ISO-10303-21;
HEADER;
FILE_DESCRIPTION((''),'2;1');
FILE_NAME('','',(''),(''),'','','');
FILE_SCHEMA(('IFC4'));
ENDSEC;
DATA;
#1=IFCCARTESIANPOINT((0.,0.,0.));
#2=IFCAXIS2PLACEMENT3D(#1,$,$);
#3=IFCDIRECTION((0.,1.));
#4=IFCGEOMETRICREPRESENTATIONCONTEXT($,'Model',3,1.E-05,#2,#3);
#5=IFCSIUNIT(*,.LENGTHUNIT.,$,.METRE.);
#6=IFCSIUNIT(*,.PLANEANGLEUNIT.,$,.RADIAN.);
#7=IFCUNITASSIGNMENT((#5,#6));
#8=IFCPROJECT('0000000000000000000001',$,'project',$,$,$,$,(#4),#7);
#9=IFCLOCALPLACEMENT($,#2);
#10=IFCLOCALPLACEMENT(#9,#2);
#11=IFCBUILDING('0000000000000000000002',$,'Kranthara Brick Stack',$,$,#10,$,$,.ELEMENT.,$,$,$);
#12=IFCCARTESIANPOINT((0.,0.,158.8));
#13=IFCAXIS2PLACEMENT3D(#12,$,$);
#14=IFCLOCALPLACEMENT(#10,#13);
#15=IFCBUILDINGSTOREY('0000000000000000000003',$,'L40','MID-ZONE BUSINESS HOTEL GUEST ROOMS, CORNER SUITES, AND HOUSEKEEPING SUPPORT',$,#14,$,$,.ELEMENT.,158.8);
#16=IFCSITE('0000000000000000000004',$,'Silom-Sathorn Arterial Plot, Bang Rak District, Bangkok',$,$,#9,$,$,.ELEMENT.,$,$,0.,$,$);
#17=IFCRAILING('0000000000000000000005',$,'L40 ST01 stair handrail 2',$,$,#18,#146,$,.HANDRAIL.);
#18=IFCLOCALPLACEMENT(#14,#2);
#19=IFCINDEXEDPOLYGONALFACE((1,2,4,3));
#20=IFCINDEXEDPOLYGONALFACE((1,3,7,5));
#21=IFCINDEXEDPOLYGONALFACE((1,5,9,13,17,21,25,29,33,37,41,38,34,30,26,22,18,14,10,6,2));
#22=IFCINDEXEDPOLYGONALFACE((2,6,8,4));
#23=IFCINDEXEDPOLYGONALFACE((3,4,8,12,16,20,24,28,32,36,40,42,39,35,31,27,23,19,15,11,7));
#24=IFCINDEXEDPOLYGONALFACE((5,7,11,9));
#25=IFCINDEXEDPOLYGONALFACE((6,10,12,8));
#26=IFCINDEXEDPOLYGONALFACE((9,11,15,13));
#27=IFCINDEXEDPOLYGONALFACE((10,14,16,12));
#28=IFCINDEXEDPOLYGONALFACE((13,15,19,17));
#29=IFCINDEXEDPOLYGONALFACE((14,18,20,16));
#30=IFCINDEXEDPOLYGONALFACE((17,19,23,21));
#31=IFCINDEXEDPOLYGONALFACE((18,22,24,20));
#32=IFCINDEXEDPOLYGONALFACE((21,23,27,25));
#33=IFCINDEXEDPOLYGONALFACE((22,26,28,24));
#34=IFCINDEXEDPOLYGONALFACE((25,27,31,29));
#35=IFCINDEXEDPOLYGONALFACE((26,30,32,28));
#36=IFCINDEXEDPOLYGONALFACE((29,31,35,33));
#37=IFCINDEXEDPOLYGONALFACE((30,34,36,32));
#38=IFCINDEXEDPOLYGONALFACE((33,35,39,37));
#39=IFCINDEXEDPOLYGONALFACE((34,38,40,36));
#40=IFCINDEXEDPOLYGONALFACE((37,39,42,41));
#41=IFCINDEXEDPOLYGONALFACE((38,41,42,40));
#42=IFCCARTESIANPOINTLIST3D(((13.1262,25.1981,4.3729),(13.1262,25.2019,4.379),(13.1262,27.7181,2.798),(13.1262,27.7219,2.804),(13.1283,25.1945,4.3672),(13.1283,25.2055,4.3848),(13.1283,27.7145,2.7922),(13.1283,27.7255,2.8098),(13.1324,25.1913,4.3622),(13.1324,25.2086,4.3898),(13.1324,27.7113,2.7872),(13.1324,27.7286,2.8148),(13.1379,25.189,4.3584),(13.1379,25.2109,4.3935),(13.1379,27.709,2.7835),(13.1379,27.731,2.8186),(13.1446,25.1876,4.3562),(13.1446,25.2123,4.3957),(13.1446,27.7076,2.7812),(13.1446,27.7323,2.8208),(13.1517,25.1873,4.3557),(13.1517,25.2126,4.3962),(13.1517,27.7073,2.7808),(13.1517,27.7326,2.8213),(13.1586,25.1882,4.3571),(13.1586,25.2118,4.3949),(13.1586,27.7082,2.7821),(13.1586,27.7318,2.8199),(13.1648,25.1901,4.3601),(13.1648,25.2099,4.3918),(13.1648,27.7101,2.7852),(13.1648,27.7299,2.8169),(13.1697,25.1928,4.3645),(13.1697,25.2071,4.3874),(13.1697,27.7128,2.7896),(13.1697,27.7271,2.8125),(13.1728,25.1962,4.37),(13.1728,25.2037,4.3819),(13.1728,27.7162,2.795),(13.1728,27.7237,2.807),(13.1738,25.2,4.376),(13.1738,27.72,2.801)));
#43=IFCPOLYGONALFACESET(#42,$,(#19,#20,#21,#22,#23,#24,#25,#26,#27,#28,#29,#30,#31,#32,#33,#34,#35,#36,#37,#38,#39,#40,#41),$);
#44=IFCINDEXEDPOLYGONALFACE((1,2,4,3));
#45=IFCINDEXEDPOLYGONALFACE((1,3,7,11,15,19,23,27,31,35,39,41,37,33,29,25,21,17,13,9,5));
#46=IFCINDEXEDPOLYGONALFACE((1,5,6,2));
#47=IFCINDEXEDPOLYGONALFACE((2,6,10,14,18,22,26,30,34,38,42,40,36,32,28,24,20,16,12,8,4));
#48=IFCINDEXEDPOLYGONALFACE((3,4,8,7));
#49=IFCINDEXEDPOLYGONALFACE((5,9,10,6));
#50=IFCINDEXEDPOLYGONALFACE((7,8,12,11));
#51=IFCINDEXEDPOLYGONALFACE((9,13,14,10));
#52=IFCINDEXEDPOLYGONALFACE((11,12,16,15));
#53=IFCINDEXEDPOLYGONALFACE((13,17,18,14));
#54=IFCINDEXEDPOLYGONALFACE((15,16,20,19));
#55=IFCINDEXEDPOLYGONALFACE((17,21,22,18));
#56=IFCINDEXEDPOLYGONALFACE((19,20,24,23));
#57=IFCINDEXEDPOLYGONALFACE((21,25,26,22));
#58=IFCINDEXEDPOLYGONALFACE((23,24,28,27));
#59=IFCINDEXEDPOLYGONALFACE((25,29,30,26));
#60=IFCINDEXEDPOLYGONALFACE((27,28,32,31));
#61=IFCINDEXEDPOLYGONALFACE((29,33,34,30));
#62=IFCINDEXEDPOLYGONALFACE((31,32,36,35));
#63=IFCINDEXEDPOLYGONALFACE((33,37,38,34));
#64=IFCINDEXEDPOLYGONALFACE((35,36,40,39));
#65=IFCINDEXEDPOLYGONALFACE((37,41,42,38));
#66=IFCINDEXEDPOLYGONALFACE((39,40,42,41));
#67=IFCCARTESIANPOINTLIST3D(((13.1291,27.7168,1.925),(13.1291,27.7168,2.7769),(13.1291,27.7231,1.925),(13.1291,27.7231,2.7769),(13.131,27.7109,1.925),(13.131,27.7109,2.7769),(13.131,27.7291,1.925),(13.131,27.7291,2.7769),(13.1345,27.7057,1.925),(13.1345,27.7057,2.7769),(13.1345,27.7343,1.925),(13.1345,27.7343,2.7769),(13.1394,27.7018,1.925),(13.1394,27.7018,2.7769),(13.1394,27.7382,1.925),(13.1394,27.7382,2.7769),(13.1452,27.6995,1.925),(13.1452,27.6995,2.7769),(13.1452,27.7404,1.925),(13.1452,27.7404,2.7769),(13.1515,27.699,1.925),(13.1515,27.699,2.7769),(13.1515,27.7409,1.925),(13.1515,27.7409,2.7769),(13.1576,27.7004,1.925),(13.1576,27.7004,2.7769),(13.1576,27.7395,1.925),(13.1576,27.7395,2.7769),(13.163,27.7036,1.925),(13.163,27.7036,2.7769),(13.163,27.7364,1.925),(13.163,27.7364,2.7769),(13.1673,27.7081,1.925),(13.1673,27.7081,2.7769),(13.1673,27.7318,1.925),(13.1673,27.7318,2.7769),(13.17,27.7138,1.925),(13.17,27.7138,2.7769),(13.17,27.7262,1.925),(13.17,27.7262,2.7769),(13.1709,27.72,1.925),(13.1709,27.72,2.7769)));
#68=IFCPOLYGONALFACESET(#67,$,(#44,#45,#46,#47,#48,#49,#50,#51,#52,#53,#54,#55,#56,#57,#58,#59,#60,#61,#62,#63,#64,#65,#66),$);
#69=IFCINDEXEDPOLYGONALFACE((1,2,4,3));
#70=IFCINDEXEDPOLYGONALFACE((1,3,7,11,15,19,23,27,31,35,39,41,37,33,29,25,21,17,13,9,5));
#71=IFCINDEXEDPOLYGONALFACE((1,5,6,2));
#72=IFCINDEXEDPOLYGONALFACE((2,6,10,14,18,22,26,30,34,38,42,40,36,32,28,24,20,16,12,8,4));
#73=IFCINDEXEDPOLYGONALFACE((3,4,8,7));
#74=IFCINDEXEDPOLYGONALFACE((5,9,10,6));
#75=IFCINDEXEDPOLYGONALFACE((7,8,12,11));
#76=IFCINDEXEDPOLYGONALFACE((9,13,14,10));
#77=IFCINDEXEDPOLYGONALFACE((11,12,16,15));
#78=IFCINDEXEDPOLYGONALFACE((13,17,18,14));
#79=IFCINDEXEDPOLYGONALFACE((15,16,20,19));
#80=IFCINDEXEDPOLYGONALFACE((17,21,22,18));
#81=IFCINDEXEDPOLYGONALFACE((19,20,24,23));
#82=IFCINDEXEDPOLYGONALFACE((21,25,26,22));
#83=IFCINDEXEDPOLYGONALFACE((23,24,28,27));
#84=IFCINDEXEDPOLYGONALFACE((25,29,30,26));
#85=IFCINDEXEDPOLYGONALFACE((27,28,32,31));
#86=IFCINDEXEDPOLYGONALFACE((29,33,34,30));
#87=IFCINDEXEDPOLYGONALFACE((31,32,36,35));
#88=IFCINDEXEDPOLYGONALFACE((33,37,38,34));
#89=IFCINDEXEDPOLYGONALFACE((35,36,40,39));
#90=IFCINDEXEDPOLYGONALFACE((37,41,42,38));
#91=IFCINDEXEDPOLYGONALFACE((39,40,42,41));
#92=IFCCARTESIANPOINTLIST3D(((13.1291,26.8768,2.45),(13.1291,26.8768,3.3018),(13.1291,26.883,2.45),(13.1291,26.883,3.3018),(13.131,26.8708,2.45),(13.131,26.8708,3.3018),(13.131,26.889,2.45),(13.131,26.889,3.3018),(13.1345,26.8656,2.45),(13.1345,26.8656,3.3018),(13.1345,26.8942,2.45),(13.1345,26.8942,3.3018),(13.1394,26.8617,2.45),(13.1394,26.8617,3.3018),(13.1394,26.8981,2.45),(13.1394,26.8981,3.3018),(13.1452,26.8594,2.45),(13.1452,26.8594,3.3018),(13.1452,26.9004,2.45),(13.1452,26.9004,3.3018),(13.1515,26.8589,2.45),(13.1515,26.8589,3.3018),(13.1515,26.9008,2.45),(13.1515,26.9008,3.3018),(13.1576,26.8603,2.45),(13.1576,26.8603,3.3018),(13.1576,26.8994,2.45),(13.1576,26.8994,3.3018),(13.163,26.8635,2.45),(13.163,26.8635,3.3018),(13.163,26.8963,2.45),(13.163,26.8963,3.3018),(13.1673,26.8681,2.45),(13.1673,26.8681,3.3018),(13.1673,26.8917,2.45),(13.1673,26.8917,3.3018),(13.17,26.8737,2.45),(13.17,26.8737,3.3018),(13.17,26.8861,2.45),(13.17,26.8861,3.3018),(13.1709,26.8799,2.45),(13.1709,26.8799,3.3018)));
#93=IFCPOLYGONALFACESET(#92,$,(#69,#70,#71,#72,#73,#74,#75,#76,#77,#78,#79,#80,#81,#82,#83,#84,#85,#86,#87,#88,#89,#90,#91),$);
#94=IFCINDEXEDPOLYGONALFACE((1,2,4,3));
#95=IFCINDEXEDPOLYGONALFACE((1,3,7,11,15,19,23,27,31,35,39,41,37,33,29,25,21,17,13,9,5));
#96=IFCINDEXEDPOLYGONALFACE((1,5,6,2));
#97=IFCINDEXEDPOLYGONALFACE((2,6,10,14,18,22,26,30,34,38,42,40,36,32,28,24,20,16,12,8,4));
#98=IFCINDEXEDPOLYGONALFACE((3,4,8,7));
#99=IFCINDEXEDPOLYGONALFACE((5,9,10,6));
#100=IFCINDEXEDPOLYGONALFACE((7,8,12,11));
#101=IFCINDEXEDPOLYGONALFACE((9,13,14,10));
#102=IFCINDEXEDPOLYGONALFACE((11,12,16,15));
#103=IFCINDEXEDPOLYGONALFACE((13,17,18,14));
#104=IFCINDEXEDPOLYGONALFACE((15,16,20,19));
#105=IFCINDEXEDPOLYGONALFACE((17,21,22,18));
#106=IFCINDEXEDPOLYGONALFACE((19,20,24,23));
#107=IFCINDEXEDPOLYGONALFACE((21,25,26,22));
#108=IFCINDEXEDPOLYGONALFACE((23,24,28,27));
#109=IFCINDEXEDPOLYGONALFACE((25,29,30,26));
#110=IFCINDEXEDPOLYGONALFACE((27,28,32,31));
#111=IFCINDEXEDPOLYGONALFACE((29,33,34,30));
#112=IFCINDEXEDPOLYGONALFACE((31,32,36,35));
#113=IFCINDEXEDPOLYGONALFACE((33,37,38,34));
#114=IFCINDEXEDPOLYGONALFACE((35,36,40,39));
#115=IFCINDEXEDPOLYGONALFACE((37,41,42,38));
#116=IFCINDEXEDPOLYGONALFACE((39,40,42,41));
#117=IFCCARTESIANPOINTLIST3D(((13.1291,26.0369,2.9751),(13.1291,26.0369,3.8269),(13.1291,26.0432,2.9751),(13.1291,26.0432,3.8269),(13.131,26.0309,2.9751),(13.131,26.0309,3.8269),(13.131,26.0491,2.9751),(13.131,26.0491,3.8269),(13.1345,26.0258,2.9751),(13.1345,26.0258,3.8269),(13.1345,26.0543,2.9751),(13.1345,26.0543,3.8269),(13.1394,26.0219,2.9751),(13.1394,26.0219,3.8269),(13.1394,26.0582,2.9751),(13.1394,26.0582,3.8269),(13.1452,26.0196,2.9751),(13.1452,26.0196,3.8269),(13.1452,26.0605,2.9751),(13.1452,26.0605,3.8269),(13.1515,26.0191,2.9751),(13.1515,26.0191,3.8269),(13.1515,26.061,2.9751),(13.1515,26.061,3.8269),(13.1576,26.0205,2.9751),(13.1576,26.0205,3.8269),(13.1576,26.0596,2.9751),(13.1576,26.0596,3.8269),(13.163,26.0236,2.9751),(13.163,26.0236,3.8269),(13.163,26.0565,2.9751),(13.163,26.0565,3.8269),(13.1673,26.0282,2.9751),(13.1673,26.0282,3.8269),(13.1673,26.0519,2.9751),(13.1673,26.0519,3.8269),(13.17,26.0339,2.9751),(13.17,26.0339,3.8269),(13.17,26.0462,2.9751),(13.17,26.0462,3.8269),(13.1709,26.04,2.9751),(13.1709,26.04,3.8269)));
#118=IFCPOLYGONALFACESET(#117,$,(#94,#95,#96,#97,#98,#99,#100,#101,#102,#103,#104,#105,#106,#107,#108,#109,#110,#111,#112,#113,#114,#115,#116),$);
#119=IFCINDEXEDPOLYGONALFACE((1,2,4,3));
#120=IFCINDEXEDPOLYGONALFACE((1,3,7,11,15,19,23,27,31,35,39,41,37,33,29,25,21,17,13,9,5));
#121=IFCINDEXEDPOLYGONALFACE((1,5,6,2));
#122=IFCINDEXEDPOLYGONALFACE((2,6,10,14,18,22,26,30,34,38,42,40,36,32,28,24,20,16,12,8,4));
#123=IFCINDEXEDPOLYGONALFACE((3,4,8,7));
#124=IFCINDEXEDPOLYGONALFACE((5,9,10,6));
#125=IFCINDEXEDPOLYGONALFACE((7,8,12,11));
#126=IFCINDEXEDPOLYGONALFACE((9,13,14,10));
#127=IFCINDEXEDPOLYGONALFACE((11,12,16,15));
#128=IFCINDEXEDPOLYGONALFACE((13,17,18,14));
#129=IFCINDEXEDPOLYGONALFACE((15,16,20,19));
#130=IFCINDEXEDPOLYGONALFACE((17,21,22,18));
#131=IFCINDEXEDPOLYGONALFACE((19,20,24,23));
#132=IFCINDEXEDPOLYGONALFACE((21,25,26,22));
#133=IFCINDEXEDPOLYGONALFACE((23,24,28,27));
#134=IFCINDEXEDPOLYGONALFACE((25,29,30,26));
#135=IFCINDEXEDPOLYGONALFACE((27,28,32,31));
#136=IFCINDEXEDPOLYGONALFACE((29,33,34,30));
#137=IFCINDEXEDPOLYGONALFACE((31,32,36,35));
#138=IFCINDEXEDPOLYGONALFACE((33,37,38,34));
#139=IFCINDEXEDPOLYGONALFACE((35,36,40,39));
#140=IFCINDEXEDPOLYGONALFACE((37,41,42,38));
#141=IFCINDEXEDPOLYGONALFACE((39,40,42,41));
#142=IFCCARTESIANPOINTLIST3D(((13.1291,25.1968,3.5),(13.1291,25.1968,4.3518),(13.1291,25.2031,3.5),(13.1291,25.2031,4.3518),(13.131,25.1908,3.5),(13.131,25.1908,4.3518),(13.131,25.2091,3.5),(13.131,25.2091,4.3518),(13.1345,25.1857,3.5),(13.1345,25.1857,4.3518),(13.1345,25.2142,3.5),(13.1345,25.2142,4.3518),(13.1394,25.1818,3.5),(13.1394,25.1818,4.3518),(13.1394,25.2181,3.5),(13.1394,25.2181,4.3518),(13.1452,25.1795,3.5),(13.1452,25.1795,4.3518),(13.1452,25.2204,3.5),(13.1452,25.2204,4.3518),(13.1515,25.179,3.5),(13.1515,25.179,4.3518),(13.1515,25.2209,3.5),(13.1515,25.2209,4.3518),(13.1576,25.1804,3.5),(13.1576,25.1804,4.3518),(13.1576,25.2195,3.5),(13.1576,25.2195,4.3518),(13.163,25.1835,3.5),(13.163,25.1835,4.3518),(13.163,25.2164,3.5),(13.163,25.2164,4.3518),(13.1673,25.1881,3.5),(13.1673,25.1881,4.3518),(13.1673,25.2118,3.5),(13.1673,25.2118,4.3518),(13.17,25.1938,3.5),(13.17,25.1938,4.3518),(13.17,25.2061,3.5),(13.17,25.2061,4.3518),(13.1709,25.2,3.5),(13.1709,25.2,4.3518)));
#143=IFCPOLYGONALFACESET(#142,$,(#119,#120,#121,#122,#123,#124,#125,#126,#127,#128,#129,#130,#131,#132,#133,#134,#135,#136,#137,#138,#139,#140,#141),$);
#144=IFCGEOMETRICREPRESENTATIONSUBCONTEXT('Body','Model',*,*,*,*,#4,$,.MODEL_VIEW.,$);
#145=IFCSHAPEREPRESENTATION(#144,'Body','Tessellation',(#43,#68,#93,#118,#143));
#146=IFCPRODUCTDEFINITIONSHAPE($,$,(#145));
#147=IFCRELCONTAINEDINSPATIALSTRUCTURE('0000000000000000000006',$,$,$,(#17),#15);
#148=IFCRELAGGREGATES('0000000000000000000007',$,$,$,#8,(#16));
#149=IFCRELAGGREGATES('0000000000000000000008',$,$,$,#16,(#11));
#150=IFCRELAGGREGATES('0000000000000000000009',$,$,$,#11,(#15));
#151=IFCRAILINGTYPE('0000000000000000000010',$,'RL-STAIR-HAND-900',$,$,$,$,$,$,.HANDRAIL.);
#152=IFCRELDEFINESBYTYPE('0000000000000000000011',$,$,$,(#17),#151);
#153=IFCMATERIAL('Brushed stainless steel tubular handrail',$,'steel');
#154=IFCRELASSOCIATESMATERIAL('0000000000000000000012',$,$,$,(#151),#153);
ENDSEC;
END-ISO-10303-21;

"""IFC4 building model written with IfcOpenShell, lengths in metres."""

from ifc_helpers import new_model, si_unit, direction, frame, origin, origin_2d, place, context, subcontext, project, spatial, circle, extrude, material, type_object, element, save


model = new_model("IFC4")

# Units and contexts
model_context = context("Model", 3, precision=1e-05, world=origin(), true_north=direction((0.0, 1.0)))
body_context = subcontext(model_context, "Body", "Model", "MODEL_VIEW")
ifc_project = project(units=[si_unit("LENGTHUNIT", "METRE"), si_unit("PLANEANGLEUNIT", "RADIAN")], contexts=[model_context])

# Site, building, storey
site_placement = place(None, origin())
site = spatial("IfcSite", under=ifc_project, at=site_placement, Name="Silom-Sathorn Arterial Plot, Bang Rak District, Bangkok", CompositionType="ELEMENT", RefElevation=0.0)
building_placement = place(site_placement, origin())
building = spatial("IfcBuilding", under=site, at=building_placement, Name="Kranthara Brick Stack", CompositionType="ELEMENT")
storey_placement = place(building_placement, frame((0.0, 0.0, 158.8)))
storey = spatial("IfcBuildingStorey", under=building, at=storey_placement, Name="L40", Description="MID-ZONE BUSINESS HOTEL GUEST ROOMS, CORNER SUITES, AND HOUSEKEEPING SUPPORT", CompositionType="ELEMENT", Elevation=158.8)

# Railing
ifc_material_1 = material(Name="Brushed stainless steel tubular handrail", Category="steel")
railing_type_1 = type_object("IfcRailingType", Name="RL-STAIR-HAND-900", PredefinedType="HANDRAIL", material=ifc_material_1)
railing_1_placement = place(storey_placement, frame((13.1499, 27.72, 1.925)))
element("IfcRailing", 1, at=railing_1_placement, inside=storey, type_object=railing_type_1, Name="L40 ST01 stair handrail 2", PredefinedType="HANDRAIL", context=body_context, shape_type="SweptSolid", body=[
    extrude(circle(Radius=0.0239, at=origin_2d()), frame((0.0, 0.0, 0.876), z_axis=(0.0, -0.848008, 0.529984), x_axis=(1.0, 0.0, 0.0)), (0.0, 0.0, 1.0), 2.9717),
    extrude(circle(Radius=0.021, at=origin_2d()), origin(), (0.0, 0.0, 1.0), 0.8518),
    extrude(circle(Radius=0.021, at=origin_2d()), frame((0.0, -0.8401, 0.5249)), (0.0, 0.0, 1.0), 0.8518),
    extrude(circle(Radius=0.021, at=origin_2d()), frame((0.0, -1.6799, 1.05)), (0.0, 0.0, 1.0), 0.8518),
    extrude(circle(Radius=0.021, at=origin_2d()), frame((0.0, -2.52, 1.575)), (0.0, 0.0, 1.0), 0.8518),
])

save(model, "model.ifc")
